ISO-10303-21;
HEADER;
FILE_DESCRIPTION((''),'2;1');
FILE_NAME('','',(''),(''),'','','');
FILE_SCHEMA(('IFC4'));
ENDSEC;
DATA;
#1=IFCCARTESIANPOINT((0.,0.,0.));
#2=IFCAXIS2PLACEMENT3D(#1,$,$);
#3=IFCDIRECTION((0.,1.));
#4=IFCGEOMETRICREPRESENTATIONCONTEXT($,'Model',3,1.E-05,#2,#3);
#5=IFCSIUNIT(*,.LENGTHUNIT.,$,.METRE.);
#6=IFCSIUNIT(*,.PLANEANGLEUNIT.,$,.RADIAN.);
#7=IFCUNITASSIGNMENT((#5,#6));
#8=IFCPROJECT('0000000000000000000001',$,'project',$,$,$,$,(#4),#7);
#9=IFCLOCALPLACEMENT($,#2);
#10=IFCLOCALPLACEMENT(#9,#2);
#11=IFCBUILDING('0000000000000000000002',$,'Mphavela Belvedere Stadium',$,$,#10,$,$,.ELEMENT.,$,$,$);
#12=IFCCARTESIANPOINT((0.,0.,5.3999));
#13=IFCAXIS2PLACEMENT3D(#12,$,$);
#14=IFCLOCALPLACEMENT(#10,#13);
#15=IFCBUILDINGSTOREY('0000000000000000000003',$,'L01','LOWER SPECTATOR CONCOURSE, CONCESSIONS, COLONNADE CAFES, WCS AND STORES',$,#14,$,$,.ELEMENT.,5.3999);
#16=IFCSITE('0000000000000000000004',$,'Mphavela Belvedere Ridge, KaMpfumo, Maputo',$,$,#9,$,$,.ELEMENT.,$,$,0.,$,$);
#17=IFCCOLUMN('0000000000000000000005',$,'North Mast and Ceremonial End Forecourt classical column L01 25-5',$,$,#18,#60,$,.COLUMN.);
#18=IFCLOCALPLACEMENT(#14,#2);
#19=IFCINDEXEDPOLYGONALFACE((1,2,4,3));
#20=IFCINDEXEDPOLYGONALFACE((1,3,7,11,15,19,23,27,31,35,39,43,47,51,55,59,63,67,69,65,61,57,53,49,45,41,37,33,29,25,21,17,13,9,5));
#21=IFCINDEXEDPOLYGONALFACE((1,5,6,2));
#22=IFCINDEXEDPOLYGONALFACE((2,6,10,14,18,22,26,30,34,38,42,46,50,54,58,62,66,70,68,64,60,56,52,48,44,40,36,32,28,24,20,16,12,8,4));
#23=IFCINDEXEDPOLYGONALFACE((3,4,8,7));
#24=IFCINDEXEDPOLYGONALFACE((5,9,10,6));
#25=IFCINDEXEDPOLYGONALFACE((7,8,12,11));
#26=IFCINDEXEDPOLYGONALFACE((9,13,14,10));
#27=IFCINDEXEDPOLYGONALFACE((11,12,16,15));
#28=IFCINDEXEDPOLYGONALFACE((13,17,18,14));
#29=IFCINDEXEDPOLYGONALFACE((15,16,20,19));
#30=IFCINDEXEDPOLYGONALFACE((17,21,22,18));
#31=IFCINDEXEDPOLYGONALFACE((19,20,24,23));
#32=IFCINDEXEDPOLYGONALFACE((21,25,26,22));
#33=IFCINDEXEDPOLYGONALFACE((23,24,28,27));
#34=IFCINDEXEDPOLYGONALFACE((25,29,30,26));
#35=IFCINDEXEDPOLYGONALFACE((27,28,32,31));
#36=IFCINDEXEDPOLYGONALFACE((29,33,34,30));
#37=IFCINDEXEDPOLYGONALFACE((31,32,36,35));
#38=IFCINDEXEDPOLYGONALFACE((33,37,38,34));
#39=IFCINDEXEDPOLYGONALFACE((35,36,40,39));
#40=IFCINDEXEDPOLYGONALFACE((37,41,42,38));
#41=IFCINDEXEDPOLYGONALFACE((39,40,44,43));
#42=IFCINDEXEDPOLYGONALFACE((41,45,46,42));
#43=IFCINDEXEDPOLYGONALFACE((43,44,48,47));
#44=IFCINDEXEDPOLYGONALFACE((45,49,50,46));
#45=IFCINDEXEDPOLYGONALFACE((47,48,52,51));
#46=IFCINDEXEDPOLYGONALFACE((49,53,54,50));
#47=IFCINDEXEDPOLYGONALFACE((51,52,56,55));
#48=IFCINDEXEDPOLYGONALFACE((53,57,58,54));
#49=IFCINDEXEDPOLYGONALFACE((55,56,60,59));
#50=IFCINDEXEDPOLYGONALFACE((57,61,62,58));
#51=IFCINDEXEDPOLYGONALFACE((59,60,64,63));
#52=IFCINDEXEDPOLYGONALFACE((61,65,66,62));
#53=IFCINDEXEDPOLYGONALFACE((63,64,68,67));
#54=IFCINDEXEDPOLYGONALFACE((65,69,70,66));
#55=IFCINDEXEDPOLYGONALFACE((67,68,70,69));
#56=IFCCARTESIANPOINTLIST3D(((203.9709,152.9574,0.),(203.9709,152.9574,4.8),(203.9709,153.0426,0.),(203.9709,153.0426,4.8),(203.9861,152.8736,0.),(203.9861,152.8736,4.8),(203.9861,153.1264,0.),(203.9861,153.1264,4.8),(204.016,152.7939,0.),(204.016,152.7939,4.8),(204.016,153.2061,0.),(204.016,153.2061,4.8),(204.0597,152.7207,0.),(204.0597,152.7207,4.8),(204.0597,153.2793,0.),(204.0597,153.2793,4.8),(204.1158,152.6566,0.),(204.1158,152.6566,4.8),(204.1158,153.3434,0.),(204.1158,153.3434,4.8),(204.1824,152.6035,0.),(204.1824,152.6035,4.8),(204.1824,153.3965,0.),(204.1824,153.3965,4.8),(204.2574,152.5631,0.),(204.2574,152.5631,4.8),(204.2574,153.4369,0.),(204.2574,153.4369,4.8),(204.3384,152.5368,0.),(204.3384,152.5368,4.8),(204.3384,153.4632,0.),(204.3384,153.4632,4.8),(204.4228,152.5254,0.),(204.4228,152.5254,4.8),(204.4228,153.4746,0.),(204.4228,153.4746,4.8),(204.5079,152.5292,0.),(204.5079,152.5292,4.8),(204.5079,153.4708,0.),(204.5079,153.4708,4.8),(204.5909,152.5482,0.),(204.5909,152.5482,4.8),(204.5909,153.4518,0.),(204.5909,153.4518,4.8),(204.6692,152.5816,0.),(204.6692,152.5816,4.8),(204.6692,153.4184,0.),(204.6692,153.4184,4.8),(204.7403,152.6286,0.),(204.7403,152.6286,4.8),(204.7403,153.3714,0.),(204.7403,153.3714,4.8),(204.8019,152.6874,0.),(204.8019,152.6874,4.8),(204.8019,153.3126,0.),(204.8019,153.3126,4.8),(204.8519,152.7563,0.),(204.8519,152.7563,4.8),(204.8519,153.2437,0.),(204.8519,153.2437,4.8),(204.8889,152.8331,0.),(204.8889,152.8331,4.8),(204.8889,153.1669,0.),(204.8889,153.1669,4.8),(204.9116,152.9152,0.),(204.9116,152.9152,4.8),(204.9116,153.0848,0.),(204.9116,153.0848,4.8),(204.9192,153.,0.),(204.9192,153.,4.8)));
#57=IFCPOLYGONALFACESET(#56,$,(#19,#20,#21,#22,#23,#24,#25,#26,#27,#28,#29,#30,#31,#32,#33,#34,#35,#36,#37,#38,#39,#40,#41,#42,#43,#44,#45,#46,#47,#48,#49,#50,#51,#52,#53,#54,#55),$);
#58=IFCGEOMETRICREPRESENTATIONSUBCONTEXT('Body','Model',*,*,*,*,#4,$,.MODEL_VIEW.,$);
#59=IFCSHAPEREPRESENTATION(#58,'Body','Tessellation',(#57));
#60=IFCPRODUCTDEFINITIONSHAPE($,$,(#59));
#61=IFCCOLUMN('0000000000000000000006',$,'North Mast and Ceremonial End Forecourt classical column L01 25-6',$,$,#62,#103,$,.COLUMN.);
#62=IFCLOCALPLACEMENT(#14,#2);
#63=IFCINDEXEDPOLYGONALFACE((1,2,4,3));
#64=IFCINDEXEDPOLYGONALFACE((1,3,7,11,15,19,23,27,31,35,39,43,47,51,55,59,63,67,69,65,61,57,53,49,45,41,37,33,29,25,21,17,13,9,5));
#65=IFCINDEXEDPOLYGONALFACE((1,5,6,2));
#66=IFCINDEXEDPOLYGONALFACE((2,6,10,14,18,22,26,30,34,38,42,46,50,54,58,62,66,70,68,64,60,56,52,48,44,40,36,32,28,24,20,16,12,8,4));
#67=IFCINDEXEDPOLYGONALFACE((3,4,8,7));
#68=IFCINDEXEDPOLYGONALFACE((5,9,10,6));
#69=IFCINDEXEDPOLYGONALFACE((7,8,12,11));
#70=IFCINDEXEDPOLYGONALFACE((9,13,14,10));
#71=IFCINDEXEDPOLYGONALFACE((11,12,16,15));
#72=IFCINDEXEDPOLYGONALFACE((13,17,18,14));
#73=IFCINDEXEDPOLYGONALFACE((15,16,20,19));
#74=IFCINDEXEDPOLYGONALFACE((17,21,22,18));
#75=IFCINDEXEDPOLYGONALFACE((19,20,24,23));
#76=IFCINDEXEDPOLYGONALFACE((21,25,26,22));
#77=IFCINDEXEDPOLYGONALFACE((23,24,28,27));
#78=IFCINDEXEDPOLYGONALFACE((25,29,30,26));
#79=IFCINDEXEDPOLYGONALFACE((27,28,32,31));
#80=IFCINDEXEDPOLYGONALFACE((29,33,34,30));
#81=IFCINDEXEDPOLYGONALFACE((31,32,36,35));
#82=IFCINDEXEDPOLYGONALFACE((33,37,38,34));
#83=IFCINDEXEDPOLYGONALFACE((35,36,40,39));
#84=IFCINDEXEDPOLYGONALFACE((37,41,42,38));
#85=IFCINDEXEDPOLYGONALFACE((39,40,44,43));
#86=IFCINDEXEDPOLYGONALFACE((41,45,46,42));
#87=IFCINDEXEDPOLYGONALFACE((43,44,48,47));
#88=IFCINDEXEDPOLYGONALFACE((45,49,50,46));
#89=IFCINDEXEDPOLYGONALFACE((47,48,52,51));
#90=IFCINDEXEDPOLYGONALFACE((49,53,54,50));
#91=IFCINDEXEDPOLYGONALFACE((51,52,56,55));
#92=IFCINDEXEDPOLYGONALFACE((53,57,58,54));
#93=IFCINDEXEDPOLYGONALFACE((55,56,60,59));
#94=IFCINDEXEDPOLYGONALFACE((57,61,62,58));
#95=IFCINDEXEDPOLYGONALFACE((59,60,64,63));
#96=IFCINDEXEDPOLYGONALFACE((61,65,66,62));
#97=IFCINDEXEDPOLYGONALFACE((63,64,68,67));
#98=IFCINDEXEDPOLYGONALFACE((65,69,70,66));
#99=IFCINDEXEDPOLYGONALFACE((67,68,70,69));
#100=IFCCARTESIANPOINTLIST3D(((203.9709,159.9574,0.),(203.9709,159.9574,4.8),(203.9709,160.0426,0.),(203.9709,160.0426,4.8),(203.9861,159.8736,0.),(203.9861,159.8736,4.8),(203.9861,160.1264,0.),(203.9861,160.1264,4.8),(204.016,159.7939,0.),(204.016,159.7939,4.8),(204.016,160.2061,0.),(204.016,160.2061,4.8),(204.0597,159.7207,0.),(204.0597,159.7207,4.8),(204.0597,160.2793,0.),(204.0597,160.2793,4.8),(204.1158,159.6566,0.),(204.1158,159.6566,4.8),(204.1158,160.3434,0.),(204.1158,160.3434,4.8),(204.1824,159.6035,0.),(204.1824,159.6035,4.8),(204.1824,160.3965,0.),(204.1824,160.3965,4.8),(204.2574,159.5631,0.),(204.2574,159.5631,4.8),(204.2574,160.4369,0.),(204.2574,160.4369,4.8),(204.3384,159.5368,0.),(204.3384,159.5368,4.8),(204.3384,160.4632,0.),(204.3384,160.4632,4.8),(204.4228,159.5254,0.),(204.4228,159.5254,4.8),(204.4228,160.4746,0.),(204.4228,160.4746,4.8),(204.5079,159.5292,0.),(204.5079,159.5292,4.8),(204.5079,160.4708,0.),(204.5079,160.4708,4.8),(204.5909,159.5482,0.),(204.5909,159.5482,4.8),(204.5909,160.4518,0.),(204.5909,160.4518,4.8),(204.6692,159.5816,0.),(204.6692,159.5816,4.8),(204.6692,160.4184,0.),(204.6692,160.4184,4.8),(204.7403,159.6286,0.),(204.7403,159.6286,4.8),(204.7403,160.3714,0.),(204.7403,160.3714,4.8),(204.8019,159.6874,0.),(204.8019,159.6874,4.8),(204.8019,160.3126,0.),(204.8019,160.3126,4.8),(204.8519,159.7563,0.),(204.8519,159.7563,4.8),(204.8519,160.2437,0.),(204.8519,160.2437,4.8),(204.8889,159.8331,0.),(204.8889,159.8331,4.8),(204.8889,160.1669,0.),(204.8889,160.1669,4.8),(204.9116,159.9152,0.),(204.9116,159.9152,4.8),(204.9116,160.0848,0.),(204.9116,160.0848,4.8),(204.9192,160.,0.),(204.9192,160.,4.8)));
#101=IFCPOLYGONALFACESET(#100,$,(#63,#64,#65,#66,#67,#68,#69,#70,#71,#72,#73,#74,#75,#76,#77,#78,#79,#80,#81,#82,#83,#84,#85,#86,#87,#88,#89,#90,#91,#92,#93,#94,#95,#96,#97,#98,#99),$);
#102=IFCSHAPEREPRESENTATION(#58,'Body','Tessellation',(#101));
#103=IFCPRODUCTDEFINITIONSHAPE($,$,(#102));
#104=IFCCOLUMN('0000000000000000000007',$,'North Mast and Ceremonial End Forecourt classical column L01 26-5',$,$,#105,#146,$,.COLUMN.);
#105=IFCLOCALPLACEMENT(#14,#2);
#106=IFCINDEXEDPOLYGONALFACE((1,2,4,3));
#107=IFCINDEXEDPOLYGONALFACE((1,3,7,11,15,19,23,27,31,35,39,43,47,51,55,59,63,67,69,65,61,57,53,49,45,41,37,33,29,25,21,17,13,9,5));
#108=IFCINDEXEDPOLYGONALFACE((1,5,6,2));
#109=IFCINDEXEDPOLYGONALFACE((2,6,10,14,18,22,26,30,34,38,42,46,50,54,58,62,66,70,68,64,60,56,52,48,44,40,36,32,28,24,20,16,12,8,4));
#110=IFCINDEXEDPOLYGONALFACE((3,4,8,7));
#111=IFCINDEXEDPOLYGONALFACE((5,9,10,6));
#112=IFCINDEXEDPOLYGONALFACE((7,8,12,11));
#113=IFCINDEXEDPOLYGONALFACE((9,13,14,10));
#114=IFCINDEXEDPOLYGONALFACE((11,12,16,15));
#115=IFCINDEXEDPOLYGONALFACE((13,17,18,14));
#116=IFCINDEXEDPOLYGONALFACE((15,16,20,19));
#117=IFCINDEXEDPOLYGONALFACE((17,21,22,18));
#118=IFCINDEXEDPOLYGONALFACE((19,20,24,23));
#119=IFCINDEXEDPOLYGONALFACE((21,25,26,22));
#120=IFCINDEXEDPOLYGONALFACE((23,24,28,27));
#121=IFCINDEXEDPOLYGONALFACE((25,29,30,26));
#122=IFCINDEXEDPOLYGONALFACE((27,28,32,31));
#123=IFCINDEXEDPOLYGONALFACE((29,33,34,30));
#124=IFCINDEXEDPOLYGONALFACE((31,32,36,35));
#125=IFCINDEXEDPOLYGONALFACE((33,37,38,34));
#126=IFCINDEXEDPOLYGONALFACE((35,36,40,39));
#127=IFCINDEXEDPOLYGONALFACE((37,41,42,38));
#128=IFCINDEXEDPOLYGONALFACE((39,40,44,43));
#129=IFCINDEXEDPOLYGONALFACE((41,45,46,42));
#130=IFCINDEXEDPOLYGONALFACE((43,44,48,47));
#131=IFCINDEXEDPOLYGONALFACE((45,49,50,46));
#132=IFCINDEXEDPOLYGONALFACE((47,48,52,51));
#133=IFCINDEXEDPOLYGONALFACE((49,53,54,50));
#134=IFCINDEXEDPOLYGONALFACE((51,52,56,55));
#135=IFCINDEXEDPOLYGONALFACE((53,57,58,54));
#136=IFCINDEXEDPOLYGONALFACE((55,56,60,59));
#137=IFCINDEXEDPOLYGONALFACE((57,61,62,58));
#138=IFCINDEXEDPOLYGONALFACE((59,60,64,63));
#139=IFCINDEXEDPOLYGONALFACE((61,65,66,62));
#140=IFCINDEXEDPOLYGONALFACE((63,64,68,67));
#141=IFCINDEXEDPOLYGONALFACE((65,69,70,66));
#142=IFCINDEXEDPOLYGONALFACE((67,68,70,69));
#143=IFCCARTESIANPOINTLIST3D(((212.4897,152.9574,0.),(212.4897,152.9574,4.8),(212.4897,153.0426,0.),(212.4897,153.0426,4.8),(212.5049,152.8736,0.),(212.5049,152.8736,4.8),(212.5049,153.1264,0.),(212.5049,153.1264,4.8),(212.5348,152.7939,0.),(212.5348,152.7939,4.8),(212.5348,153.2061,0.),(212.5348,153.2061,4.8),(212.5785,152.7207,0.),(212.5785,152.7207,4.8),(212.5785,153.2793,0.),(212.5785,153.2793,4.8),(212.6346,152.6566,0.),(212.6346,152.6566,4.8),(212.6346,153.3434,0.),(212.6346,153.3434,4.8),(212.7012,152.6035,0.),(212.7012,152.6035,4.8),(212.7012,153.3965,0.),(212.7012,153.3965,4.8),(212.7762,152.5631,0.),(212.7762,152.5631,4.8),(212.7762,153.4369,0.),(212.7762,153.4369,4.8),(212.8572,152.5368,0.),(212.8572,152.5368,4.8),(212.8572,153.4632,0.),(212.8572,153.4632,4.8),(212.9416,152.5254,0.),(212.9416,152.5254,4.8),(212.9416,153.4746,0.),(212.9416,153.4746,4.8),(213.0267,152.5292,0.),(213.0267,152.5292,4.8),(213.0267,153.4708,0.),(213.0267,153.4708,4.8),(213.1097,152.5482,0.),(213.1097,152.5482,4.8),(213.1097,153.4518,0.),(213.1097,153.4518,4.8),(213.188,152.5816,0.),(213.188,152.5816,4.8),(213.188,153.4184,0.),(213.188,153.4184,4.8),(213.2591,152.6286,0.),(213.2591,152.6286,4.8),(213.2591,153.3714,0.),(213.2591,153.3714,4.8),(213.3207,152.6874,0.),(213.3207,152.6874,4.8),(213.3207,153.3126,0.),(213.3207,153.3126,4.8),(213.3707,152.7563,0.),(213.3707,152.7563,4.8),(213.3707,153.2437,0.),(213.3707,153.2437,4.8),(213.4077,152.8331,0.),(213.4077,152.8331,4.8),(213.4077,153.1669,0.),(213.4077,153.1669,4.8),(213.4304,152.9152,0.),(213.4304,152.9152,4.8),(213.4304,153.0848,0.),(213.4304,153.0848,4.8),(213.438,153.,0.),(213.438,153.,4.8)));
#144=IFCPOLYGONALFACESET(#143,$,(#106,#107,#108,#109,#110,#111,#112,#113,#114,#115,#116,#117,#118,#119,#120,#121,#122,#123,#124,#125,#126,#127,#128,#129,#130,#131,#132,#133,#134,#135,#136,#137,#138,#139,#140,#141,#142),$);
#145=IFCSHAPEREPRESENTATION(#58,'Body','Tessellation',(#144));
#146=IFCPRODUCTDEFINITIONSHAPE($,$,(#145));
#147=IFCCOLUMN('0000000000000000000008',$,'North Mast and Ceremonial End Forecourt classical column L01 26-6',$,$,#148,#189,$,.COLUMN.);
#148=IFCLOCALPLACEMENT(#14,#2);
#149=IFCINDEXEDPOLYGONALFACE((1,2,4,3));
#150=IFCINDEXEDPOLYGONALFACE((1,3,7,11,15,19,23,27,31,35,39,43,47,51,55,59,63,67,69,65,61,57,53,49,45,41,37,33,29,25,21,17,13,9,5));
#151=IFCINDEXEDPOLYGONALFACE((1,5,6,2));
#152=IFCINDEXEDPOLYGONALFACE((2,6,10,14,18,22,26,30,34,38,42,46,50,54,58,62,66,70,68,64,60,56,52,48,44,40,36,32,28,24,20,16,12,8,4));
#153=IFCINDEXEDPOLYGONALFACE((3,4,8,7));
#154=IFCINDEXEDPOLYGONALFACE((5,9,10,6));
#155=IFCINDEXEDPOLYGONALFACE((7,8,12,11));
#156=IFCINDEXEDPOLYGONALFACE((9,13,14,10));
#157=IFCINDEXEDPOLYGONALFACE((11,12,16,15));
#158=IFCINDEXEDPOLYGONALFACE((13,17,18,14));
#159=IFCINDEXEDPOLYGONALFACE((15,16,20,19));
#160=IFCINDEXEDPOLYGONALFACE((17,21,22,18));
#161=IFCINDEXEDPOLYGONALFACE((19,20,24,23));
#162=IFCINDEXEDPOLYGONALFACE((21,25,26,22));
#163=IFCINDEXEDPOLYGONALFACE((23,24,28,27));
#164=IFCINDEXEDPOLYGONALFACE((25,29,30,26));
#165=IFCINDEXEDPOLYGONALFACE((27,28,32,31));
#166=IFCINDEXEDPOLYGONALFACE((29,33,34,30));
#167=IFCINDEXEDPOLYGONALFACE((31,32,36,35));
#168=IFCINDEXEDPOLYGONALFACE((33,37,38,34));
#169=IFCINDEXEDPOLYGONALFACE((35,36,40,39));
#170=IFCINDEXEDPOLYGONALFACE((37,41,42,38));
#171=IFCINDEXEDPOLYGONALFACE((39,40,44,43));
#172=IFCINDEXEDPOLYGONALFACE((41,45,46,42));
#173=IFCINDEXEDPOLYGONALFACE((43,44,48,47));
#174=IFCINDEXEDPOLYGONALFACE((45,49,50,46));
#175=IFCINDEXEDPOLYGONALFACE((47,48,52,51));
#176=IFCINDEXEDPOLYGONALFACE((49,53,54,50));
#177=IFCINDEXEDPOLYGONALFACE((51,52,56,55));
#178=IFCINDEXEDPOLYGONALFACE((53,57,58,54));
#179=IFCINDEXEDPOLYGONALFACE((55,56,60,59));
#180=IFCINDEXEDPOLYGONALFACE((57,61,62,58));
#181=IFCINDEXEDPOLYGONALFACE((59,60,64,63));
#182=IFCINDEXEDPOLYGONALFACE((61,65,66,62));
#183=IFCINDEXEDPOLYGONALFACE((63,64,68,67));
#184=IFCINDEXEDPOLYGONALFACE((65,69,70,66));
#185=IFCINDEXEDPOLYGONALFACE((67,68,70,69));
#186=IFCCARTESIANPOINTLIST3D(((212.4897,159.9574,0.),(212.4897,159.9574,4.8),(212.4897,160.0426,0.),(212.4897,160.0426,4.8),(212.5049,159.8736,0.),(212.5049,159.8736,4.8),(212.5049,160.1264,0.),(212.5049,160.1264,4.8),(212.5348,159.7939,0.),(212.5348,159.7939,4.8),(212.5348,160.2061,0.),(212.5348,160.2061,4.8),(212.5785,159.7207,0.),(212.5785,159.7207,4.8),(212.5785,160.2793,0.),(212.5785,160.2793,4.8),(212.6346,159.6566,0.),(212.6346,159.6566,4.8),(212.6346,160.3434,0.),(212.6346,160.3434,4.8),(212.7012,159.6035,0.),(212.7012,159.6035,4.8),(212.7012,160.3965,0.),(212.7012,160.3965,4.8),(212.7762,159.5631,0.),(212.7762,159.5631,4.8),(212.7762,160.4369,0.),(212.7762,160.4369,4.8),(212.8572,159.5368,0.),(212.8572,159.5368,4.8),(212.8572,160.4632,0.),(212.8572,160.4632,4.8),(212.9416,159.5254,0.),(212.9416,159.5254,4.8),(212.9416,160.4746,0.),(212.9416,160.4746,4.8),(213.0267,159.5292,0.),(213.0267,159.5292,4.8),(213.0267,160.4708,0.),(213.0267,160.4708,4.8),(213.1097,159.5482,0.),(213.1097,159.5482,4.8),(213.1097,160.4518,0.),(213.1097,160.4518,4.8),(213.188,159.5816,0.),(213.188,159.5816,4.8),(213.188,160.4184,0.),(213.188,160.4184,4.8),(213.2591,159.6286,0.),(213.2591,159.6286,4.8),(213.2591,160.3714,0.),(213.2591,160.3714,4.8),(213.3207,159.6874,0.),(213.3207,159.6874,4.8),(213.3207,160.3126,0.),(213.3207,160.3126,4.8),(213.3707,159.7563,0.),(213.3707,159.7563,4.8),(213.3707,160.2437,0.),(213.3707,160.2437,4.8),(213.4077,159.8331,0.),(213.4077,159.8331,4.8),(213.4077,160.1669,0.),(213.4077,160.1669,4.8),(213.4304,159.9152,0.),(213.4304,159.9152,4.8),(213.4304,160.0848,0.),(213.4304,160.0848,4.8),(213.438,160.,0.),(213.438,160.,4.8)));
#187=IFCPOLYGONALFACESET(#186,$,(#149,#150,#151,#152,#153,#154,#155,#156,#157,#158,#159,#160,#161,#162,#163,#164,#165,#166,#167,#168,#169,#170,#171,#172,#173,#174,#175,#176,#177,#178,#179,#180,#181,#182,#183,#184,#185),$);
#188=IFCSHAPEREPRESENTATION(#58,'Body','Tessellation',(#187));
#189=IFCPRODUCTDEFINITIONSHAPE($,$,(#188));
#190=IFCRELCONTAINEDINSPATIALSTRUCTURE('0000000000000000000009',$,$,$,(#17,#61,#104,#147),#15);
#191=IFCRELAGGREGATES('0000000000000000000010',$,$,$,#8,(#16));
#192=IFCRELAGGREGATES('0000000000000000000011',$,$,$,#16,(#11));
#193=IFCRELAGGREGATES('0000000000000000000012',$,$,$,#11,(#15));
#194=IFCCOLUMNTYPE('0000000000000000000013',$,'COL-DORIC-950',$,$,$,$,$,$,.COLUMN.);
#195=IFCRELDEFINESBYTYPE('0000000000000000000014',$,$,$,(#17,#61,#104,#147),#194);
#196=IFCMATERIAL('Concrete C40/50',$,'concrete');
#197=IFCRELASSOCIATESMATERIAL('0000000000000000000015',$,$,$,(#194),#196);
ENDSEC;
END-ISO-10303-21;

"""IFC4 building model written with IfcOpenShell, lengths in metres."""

from ifc_helpers import new_model, si_unit, direction, frame, origin, origin_2d, place, context, subcontext, project, spatial, circle, extrude, material, material_profile, profile_set, type_object, element, save


model = new_model("IFC4")

# Units and contexts
model_context = context("Model", 3, precision=1e-05, world=origin(), true_north=direction((0.0, 1.0)))
body_context = subcontext(model_context, "Body", "Model", "MODEL_VIEW")
ifc_project = project(units=[si_unit("LENGTHUNIT", "METRE"), si_unit("PLANEANGLEUNIT", "RADIAN")], contexts=[model_context])

# Site, building, storey
site_placement = place(None, origin())
site = spatial("IfcSite", under=ifc_project, at=site_placement, Name="Mphavela Belvedere Ridge, KaMpfumo, Maputo", CompositionType="ELEMENT", RefElevation=0.0)
building_placement = place(site_placement, origin())
building = spatial("IfcBuilding", under=site, at=building_placement, Name="Mphavela Belvedere Stadium", CompositionType="ELEMENT")
storey_placement = place(building_placement, frame((0.0, 0.0, 5.3999)))
storey = spatial("IfcBuildingStorey", under=building, at=storey_placement, Name="L01", Description="LOWER SPECTATOR CONCOURSE, CONCESSIONS, COLONNADE CAFES, WCS AND STORES", CompositionType="ELEMENT", Elevation=5.3999)

# Columns
ifc_material_1 = material(Name="Concrete C40/50", Category="concrete")
ifc_material_profile_1 = material_profile(ifc_material_1, circle(Radius=0.4751, at=origin_2d()), Name="COL D950")
ifc_profile_set_1 = profile_set([ifc_material_profile_1], Name="Concrete C40/50")
column_type = type_object("IfcColumnType", Name="COL-DORIC-950", PredefinedType="COLUMN", material=ifc_profile_set_1)
for number, where, z_axis, x_axis, name in (
    (1, (204.4441, 153.0, 0.0), (0.0, 0.0, 1.0), (1.0, 0.0, 0.0), "North Mast and Ceremonial End Forecourt classical column L01 25-5"),
    (2, (204.4441, 160.0, 0.0), (0.0, 0.0, 1.0), (1.0, 0.0, 0.0), "North Mast and Ceremonial End Forecourt classical column L01 25-6"),
    (3, (212.9629, 153.0, 0.0), (0.0, 0.0, 1.0), (1.0, 0.0, 0.0), "North Mast and Ceremonial End Forecourt classical column L01 26-5"),
    (4, (212.9629, 160.0, 0.0), (0.0, 0.0, 1.0), (1.0, 0.0, 0.0), "North Mast and Ceremonial End Forecourt classical column L01 26-6"),
):
    element("IfcColumn", number, at=place(storey_placement, frame(where, z_axis=z_axis, x_axis=x_axis)), inside=storey, type_object=column_type, Name=name, PredefinedType="COLUMN", context=body_context, shape_type="SweptSolid", body=[
        extrude(circle(Radius=0.4751, at=origin_2d()), origin(), (0.0, 0.0, 1.0), 4.8),
    ])

save(model, "model.ifc")
